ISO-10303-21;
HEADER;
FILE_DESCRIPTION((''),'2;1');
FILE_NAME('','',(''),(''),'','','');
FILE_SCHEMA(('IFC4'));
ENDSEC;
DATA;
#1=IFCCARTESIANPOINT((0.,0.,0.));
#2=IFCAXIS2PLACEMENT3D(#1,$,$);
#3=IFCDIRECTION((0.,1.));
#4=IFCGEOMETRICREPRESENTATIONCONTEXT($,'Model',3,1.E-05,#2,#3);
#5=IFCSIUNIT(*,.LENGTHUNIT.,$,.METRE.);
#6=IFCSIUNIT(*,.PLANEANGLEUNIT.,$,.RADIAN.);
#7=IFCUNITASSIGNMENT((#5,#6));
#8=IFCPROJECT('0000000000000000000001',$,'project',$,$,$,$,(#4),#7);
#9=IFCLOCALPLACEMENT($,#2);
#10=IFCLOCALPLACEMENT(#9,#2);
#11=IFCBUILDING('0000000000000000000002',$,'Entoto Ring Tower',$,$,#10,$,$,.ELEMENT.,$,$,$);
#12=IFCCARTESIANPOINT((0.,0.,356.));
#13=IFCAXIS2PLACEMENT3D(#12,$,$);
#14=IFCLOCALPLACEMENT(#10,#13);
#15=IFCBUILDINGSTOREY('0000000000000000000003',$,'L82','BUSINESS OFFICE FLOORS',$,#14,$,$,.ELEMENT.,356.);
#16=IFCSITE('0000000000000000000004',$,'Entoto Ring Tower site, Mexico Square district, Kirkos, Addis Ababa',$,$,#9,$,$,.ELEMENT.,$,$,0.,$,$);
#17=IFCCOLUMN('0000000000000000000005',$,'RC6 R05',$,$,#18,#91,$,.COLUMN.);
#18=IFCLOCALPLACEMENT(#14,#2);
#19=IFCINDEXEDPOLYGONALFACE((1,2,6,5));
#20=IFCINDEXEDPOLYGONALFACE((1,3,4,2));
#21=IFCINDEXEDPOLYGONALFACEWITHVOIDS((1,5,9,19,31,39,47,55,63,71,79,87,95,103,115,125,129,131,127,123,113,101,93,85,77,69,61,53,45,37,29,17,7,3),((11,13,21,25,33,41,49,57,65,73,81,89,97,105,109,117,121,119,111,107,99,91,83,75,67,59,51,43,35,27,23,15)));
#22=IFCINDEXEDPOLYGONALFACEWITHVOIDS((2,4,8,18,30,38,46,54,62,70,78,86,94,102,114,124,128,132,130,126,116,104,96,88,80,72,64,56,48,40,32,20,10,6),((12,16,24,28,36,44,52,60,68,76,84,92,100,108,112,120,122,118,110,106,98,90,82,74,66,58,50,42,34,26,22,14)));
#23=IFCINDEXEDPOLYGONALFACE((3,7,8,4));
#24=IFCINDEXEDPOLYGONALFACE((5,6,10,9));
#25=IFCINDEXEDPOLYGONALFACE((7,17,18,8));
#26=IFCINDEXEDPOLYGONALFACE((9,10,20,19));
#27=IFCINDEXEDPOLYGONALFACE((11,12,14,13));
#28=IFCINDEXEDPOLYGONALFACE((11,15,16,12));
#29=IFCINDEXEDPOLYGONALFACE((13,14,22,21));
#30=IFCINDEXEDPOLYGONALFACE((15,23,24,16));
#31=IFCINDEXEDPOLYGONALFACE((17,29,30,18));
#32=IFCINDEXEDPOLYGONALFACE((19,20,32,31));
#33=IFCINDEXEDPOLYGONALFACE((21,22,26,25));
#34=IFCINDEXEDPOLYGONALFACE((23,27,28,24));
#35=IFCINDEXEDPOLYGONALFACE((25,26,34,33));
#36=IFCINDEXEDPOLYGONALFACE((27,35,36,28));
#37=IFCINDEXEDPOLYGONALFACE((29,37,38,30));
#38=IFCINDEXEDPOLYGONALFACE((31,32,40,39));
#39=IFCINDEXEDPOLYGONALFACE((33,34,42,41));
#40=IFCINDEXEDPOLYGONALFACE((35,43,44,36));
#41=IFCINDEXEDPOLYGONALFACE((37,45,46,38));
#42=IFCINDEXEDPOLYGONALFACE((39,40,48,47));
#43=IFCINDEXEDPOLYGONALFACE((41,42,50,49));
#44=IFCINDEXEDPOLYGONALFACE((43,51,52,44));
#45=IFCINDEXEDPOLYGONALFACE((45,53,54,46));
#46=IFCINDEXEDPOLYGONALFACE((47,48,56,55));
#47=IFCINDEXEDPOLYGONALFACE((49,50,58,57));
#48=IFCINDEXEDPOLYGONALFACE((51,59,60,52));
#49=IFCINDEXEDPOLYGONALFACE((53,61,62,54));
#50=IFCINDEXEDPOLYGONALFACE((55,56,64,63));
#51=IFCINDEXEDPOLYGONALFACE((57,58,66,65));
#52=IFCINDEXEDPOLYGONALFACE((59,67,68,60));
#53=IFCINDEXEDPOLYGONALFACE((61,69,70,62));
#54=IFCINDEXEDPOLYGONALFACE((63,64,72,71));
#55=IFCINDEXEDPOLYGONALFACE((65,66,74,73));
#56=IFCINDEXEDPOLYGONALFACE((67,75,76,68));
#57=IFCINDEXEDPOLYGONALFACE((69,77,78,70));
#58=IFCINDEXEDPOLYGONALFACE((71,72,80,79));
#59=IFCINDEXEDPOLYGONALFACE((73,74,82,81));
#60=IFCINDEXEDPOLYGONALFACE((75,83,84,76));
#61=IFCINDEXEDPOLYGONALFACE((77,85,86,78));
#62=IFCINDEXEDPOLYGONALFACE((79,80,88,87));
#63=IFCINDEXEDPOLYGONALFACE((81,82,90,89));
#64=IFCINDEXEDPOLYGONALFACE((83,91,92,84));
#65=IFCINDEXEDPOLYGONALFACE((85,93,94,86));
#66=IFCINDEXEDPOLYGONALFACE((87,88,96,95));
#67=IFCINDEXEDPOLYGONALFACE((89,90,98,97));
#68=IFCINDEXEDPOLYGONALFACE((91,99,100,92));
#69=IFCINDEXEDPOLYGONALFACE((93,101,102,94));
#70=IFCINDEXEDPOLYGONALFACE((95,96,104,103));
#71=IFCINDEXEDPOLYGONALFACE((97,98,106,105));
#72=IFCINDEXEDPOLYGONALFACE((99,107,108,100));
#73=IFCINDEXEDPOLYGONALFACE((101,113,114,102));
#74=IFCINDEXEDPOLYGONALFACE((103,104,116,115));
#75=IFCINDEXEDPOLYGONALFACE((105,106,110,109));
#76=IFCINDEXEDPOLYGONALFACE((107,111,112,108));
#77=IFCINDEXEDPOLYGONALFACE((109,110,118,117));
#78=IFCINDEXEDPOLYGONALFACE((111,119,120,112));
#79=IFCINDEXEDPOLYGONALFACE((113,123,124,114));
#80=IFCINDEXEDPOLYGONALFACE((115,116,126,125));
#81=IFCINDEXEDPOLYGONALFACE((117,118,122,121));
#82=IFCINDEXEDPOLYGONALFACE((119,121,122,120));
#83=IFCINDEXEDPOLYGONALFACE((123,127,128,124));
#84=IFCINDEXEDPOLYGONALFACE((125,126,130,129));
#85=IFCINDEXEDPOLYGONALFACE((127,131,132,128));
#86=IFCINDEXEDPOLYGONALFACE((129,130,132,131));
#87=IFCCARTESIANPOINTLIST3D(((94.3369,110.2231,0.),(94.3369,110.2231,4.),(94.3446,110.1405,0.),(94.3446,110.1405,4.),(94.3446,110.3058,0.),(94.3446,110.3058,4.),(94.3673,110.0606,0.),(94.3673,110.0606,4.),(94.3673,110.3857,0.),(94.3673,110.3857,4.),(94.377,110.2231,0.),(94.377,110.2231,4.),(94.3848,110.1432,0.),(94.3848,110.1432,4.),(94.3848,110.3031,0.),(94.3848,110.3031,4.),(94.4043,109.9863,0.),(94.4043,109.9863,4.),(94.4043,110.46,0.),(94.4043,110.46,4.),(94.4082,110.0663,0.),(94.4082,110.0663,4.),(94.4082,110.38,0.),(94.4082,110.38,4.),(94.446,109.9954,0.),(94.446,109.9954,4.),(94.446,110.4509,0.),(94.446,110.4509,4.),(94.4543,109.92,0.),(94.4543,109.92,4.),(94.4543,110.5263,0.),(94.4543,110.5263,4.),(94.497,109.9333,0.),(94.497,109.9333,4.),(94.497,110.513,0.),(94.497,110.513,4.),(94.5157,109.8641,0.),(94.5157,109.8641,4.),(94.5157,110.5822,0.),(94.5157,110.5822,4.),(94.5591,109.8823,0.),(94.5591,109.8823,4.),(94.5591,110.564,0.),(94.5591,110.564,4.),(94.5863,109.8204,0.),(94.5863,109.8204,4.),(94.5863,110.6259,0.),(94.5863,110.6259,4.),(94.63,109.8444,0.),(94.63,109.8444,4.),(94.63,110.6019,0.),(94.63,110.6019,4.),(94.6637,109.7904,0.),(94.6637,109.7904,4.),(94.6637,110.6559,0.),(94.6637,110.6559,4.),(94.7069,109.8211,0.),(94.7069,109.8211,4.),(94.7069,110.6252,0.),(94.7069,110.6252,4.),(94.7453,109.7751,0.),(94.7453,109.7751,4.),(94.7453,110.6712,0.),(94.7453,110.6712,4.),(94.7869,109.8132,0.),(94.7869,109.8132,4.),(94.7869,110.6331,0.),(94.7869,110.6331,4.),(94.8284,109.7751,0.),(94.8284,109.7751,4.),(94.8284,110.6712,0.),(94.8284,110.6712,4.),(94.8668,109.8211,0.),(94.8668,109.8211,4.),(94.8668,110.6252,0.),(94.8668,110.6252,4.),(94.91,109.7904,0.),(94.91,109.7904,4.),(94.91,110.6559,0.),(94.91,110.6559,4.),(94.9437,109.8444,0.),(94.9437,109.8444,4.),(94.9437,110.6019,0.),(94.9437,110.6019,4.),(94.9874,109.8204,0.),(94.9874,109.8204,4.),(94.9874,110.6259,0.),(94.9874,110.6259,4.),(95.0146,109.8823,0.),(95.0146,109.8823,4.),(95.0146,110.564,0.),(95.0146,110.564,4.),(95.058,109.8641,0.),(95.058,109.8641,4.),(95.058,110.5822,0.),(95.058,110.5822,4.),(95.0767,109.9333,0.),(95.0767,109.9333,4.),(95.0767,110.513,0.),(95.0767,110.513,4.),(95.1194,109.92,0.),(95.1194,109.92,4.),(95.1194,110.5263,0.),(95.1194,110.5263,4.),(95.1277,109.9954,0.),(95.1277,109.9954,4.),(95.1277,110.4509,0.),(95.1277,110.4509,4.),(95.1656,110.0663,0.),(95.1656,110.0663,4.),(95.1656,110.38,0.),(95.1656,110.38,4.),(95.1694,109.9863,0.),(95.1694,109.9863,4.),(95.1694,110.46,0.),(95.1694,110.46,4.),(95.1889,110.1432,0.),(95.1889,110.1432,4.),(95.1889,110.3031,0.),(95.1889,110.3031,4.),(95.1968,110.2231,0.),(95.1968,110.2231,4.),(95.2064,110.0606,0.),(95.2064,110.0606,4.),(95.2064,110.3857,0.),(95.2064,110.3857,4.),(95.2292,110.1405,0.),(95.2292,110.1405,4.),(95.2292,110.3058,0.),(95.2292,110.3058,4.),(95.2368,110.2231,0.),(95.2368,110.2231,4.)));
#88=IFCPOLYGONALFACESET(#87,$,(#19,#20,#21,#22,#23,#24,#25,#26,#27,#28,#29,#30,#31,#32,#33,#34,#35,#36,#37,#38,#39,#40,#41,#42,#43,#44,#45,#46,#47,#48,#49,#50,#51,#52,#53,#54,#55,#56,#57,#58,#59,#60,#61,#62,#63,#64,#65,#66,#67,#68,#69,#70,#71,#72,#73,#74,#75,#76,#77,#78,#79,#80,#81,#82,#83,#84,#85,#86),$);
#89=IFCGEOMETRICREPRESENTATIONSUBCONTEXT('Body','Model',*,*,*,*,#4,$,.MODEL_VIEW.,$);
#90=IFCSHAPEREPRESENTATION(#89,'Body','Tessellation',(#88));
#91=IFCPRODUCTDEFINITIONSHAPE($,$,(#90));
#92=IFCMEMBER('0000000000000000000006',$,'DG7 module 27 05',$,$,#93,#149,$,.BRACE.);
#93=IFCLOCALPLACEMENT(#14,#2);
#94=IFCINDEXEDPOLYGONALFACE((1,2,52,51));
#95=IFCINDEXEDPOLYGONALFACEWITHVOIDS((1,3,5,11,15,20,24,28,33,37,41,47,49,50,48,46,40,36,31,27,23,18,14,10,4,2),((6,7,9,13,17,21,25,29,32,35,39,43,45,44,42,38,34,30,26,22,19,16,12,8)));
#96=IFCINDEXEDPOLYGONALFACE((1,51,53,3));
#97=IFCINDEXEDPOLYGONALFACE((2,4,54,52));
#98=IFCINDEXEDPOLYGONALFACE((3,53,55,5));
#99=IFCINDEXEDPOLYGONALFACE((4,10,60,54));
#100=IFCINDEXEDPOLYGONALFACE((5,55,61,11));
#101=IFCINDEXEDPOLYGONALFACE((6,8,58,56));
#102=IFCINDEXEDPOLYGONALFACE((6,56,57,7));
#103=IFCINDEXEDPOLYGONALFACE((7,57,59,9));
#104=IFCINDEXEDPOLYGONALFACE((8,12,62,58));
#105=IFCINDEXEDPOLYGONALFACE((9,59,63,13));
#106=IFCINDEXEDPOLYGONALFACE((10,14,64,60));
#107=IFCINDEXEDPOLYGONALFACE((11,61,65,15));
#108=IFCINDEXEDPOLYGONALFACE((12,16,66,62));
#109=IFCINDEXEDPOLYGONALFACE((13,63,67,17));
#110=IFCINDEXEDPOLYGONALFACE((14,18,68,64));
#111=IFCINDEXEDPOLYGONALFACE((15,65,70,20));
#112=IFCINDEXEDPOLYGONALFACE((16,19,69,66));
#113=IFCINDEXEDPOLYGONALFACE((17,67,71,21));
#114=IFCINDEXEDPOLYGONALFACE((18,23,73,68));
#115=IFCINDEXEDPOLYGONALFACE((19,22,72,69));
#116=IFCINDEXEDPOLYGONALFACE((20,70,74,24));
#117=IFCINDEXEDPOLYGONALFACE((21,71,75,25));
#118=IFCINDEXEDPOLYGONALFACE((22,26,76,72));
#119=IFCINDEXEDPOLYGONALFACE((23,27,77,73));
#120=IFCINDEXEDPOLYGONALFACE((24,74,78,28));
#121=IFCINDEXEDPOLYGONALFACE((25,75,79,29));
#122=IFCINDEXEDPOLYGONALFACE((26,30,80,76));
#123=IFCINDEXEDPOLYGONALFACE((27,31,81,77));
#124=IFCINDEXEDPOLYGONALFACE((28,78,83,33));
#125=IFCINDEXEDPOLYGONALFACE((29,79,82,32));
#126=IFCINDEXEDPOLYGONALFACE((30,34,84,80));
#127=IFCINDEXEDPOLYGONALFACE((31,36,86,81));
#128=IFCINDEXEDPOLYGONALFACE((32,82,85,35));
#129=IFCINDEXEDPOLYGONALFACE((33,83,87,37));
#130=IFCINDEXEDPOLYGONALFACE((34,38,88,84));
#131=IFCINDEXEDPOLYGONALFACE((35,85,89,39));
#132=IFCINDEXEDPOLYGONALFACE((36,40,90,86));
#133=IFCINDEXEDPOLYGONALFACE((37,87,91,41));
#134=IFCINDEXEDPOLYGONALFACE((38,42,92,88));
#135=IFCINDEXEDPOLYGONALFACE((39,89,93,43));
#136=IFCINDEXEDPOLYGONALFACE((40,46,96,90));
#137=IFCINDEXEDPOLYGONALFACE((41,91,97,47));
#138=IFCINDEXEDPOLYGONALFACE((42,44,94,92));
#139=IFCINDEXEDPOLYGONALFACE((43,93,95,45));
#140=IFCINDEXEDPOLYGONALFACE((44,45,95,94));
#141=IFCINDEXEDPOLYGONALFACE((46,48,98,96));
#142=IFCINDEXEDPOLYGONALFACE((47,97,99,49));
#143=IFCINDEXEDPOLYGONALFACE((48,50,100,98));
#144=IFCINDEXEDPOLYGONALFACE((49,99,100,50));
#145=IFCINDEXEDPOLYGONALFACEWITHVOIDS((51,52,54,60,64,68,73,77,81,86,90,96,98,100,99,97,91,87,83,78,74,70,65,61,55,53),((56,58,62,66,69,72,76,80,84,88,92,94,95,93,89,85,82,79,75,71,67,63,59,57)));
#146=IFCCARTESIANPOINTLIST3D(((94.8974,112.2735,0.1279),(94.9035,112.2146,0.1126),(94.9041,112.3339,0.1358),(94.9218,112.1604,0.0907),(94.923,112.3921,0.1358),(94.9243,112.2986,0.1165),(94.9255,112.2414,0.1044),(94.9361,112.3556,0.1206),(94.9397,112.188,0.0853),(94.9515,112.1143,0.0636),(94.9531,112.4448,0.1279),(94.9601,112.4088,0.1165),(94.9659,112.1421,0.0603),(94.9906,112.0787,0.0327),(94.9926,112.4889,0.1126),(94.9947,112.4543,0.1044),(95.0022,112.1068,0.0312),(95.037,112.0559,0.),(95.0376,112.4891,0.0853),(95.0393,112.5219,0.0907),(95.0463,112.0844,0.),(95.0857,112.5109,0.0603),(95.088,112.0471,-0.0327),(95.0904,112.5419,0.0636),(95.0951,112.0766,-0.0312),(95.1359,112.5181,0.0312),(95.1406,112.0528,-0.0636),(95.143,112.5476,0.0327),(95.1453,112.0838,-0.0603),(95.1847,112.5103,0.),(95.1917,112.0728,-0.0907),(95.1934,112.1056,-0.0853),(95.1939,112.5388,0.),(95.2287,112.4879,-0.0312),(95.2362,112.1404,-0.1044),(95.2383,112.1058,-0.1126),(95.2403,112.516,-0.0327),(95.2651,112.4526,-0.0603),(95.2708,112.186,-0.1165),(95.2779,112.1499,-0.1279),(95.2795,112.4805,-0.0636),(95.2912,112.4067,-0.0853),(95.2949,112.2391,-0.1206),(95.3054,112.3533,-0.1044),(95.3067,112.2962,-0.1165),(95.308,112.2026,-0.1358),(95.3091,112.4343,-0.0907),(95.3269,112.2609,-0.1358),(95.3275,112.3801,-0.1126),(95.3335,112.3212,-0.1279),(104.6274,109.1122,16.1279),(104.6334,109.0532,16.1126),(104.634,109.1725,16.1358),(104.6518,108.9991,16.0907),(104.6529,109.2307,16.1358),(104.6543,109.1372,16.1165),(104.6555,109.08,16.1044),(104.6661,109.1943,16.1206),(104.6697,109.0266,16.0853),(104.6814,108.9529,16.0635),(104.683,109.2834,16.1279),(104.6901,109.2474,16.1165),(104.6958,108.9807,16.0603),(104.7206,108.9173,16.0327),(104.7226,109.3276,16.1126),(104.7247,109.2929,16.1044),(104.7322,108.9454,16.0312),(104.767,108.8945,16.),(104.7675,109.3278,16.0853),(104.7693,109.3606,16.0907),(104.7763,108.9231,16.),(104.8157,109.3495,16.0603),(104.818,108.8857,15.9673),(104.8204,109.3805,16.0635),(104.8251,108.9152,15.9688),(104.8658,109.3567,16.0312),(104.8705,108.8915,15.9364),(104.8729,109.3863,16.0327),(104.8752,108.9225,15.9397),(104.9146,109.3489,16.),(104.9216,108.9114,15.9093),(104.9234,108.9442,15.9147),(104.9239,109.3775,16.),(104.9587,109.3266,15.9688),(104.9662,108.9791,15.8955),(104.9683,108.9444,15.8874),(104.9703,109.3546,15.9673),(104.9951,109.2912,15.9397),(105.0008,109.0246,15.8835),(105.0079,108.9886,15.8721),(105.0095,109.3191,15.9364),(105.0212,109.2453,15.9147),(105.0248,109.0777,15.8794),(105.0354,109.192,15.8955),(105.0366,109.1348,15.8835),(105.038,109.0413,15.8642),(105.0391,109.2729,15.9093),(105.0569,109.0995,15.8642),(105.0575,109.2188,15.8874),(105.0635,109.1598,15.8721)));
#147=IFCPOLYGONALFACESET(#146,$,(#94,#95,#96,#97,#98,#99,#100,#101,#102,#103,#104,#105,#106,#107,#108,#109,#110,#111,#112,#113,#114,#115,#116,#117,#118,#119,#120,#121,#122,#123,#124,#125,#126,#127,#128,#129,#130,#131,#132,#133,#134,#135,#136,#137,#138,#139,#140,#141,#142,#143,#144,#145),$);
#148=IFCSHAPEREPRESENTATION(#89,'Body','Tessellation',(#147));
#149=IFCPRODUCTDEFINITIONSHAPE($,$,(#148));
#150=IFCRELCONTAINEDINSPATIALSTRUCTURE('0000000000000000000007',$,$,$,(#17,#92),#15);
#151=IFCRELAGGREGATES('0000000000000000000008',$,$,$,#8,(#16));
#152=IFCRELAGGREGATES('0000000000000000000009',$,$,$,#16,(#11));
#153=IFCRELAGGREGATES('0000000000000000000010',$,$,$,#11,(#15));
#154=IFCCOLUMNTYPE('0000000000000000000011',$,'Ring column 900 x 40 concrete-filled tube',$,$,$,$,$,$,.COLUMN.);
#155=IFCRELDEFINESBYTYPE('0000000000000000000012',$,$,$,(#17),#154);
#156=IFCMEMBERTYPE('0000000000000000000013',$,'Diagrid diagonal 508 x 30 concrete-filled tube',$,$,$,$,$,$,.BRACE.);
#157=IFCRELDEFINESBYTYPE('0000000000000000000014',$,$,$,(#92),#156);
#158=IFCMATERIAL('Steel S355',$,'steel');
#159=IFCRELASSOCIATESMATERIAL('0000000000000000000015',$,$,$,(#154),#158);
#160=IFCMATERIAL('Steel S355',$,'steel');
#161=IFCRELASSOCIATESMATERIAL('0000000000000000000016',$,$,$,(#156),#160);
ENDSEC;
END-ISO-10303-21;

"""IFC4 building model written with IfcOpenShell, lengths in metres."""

from ifc_helpers import new_model, si_unit, direction, frame, origin, origin_2d, place, context, subcontext, project, spatial, circle, hollow_circle, extrude, material, material_profile, profile_set, type_object, element, save


model = new_model("IFC4")

# Units and contexts
model_context = context("Model", 3, precision=1e-05, world=origin(), true_north=direction((0.0, 1.0)))
body_context = subcontext(model_context, "Body", "Model", "MODEL_VIEW")
ifc_project = project(units=[si_unit("LENGTHUNIT", "METRE"), si_unit("PLANEANGLEUNIT", "RADIAN")], contexts=[model_context])

# Site, building, storey
site_placement = place(None, origin())
site = spatial("IfcSite", under=ifc_project, at=site_placement, Name="Entoto Ring Tower site, Mexico Square district, Kirkos, Addis Ababa", CompositionType="ELEMENT", RefElevation=0.0)
building_placement = place(site_placement, origin())
building = spatial("IfcBuilding", under=site, at=building_placement, Name="Entoto Ring Tower", CompositionType="ELEMENT")
storey_placement = place(building_placement, frame((0.0, 0.0, 356.0)))
storey = spatial("IfcBuildingStorey", under=building, at=storey_placement, Name="L82", Description="BUSINESS OFFICE FLOORS", CompositionType="ELEMENT", Elevation=356.0)

# Column
ifc_material_1 = material(Name="Steel S355", Category="steel")
ifc_material_profile_1 = material_profile(ifc_material_1, hollow_circle(Radius=0.45, WallThickness=0.04, at=origin_2d()), Name="CHS 900 x 40")
ifc_material_2 = material(Name="Concrete C60/75", Category="concrete")
ifc_material_profile_2 = material_profile(ifc_material_2, circle(Radius=0.4099, at=origin_2d()), Name="Concrete C60/75 infill")
ifc_profile_set_1 = profile_set([ifc_material_profile_1, ifc_material_profile_2], Name="Steel S355")
column_type = type_object("IfcColumnType", Name="Ring column 900 x 40 concrete-filled tube", PredefinedType="COLUMN", material=ifc_profile_set_1)
column_placement = place(storey_placement, frame((94.7869, 110.2231, 0.0), z_axis=(0.0, 0.0, 1.0), x_axis=(1.0, 0.0, 0.0)))
element("IfcColumn", 1, at=column_placement, inside=storey, type_object=column_type, Name="RC6 R05", PredefinedType="COLUMN", context=body_context, shape_type="SweptSolid", body=[
    extrude(hollow_circle(Radius=0.45, WallThickness=0.04, at=origin_2d()), origin(), (0.0, 0.0, 1.0), 4.0),
])

# Member
ifc_material_3 = material(Name="Steel S355", Category="steel")
ifc_material_profile_3 = material_profile(ifc_material_3, hollow_circle(Radius=0.2539, WallThickness=0.03, at=origin_2d()), Name="CHS 508 x 30")
ifc_material_4 = material(Name="Concrete C60/75", Category="concrete")
ifc_material_profile_4 = material_profile(ifc_material_4, circle(Radius=0.2241, at=origin_2d()), Name="Concrete C60/75 infill")
ifc_profile_set_2 = profile_set([ifc_material_profile_3, ifc_material_profile_4], Name="Steel S355")
member_type_1 = type_object("IfcMemberType", Name="Diagrid diagonal 508 x 30 concrete-filled tube", PredefinedType="BRACE", material=ifc_profile_set_2)
member_1_placement = place(storey_placement, frame((95.1155, 112.2974, 0.0), z_axis=(0.512341, -0.166465, 0.842494), x_axis=(0.309009, 0.951059, 0.0)))
element("IfcMember", 2, at=member_1_placement, inside=storey, type_object=member_type_1, Name="DG7 module 27 05", PredefinedType="BRACE", context=body_context, shape_type="SweptSolid", body=[
    extrude(hollow_circle(Radius=0.2539, WallThickness=0.03, at=origin_2d()), origin(), (0.0, 0.0, 1.0), 18.9912),
])

save(model, "model.ifc")
